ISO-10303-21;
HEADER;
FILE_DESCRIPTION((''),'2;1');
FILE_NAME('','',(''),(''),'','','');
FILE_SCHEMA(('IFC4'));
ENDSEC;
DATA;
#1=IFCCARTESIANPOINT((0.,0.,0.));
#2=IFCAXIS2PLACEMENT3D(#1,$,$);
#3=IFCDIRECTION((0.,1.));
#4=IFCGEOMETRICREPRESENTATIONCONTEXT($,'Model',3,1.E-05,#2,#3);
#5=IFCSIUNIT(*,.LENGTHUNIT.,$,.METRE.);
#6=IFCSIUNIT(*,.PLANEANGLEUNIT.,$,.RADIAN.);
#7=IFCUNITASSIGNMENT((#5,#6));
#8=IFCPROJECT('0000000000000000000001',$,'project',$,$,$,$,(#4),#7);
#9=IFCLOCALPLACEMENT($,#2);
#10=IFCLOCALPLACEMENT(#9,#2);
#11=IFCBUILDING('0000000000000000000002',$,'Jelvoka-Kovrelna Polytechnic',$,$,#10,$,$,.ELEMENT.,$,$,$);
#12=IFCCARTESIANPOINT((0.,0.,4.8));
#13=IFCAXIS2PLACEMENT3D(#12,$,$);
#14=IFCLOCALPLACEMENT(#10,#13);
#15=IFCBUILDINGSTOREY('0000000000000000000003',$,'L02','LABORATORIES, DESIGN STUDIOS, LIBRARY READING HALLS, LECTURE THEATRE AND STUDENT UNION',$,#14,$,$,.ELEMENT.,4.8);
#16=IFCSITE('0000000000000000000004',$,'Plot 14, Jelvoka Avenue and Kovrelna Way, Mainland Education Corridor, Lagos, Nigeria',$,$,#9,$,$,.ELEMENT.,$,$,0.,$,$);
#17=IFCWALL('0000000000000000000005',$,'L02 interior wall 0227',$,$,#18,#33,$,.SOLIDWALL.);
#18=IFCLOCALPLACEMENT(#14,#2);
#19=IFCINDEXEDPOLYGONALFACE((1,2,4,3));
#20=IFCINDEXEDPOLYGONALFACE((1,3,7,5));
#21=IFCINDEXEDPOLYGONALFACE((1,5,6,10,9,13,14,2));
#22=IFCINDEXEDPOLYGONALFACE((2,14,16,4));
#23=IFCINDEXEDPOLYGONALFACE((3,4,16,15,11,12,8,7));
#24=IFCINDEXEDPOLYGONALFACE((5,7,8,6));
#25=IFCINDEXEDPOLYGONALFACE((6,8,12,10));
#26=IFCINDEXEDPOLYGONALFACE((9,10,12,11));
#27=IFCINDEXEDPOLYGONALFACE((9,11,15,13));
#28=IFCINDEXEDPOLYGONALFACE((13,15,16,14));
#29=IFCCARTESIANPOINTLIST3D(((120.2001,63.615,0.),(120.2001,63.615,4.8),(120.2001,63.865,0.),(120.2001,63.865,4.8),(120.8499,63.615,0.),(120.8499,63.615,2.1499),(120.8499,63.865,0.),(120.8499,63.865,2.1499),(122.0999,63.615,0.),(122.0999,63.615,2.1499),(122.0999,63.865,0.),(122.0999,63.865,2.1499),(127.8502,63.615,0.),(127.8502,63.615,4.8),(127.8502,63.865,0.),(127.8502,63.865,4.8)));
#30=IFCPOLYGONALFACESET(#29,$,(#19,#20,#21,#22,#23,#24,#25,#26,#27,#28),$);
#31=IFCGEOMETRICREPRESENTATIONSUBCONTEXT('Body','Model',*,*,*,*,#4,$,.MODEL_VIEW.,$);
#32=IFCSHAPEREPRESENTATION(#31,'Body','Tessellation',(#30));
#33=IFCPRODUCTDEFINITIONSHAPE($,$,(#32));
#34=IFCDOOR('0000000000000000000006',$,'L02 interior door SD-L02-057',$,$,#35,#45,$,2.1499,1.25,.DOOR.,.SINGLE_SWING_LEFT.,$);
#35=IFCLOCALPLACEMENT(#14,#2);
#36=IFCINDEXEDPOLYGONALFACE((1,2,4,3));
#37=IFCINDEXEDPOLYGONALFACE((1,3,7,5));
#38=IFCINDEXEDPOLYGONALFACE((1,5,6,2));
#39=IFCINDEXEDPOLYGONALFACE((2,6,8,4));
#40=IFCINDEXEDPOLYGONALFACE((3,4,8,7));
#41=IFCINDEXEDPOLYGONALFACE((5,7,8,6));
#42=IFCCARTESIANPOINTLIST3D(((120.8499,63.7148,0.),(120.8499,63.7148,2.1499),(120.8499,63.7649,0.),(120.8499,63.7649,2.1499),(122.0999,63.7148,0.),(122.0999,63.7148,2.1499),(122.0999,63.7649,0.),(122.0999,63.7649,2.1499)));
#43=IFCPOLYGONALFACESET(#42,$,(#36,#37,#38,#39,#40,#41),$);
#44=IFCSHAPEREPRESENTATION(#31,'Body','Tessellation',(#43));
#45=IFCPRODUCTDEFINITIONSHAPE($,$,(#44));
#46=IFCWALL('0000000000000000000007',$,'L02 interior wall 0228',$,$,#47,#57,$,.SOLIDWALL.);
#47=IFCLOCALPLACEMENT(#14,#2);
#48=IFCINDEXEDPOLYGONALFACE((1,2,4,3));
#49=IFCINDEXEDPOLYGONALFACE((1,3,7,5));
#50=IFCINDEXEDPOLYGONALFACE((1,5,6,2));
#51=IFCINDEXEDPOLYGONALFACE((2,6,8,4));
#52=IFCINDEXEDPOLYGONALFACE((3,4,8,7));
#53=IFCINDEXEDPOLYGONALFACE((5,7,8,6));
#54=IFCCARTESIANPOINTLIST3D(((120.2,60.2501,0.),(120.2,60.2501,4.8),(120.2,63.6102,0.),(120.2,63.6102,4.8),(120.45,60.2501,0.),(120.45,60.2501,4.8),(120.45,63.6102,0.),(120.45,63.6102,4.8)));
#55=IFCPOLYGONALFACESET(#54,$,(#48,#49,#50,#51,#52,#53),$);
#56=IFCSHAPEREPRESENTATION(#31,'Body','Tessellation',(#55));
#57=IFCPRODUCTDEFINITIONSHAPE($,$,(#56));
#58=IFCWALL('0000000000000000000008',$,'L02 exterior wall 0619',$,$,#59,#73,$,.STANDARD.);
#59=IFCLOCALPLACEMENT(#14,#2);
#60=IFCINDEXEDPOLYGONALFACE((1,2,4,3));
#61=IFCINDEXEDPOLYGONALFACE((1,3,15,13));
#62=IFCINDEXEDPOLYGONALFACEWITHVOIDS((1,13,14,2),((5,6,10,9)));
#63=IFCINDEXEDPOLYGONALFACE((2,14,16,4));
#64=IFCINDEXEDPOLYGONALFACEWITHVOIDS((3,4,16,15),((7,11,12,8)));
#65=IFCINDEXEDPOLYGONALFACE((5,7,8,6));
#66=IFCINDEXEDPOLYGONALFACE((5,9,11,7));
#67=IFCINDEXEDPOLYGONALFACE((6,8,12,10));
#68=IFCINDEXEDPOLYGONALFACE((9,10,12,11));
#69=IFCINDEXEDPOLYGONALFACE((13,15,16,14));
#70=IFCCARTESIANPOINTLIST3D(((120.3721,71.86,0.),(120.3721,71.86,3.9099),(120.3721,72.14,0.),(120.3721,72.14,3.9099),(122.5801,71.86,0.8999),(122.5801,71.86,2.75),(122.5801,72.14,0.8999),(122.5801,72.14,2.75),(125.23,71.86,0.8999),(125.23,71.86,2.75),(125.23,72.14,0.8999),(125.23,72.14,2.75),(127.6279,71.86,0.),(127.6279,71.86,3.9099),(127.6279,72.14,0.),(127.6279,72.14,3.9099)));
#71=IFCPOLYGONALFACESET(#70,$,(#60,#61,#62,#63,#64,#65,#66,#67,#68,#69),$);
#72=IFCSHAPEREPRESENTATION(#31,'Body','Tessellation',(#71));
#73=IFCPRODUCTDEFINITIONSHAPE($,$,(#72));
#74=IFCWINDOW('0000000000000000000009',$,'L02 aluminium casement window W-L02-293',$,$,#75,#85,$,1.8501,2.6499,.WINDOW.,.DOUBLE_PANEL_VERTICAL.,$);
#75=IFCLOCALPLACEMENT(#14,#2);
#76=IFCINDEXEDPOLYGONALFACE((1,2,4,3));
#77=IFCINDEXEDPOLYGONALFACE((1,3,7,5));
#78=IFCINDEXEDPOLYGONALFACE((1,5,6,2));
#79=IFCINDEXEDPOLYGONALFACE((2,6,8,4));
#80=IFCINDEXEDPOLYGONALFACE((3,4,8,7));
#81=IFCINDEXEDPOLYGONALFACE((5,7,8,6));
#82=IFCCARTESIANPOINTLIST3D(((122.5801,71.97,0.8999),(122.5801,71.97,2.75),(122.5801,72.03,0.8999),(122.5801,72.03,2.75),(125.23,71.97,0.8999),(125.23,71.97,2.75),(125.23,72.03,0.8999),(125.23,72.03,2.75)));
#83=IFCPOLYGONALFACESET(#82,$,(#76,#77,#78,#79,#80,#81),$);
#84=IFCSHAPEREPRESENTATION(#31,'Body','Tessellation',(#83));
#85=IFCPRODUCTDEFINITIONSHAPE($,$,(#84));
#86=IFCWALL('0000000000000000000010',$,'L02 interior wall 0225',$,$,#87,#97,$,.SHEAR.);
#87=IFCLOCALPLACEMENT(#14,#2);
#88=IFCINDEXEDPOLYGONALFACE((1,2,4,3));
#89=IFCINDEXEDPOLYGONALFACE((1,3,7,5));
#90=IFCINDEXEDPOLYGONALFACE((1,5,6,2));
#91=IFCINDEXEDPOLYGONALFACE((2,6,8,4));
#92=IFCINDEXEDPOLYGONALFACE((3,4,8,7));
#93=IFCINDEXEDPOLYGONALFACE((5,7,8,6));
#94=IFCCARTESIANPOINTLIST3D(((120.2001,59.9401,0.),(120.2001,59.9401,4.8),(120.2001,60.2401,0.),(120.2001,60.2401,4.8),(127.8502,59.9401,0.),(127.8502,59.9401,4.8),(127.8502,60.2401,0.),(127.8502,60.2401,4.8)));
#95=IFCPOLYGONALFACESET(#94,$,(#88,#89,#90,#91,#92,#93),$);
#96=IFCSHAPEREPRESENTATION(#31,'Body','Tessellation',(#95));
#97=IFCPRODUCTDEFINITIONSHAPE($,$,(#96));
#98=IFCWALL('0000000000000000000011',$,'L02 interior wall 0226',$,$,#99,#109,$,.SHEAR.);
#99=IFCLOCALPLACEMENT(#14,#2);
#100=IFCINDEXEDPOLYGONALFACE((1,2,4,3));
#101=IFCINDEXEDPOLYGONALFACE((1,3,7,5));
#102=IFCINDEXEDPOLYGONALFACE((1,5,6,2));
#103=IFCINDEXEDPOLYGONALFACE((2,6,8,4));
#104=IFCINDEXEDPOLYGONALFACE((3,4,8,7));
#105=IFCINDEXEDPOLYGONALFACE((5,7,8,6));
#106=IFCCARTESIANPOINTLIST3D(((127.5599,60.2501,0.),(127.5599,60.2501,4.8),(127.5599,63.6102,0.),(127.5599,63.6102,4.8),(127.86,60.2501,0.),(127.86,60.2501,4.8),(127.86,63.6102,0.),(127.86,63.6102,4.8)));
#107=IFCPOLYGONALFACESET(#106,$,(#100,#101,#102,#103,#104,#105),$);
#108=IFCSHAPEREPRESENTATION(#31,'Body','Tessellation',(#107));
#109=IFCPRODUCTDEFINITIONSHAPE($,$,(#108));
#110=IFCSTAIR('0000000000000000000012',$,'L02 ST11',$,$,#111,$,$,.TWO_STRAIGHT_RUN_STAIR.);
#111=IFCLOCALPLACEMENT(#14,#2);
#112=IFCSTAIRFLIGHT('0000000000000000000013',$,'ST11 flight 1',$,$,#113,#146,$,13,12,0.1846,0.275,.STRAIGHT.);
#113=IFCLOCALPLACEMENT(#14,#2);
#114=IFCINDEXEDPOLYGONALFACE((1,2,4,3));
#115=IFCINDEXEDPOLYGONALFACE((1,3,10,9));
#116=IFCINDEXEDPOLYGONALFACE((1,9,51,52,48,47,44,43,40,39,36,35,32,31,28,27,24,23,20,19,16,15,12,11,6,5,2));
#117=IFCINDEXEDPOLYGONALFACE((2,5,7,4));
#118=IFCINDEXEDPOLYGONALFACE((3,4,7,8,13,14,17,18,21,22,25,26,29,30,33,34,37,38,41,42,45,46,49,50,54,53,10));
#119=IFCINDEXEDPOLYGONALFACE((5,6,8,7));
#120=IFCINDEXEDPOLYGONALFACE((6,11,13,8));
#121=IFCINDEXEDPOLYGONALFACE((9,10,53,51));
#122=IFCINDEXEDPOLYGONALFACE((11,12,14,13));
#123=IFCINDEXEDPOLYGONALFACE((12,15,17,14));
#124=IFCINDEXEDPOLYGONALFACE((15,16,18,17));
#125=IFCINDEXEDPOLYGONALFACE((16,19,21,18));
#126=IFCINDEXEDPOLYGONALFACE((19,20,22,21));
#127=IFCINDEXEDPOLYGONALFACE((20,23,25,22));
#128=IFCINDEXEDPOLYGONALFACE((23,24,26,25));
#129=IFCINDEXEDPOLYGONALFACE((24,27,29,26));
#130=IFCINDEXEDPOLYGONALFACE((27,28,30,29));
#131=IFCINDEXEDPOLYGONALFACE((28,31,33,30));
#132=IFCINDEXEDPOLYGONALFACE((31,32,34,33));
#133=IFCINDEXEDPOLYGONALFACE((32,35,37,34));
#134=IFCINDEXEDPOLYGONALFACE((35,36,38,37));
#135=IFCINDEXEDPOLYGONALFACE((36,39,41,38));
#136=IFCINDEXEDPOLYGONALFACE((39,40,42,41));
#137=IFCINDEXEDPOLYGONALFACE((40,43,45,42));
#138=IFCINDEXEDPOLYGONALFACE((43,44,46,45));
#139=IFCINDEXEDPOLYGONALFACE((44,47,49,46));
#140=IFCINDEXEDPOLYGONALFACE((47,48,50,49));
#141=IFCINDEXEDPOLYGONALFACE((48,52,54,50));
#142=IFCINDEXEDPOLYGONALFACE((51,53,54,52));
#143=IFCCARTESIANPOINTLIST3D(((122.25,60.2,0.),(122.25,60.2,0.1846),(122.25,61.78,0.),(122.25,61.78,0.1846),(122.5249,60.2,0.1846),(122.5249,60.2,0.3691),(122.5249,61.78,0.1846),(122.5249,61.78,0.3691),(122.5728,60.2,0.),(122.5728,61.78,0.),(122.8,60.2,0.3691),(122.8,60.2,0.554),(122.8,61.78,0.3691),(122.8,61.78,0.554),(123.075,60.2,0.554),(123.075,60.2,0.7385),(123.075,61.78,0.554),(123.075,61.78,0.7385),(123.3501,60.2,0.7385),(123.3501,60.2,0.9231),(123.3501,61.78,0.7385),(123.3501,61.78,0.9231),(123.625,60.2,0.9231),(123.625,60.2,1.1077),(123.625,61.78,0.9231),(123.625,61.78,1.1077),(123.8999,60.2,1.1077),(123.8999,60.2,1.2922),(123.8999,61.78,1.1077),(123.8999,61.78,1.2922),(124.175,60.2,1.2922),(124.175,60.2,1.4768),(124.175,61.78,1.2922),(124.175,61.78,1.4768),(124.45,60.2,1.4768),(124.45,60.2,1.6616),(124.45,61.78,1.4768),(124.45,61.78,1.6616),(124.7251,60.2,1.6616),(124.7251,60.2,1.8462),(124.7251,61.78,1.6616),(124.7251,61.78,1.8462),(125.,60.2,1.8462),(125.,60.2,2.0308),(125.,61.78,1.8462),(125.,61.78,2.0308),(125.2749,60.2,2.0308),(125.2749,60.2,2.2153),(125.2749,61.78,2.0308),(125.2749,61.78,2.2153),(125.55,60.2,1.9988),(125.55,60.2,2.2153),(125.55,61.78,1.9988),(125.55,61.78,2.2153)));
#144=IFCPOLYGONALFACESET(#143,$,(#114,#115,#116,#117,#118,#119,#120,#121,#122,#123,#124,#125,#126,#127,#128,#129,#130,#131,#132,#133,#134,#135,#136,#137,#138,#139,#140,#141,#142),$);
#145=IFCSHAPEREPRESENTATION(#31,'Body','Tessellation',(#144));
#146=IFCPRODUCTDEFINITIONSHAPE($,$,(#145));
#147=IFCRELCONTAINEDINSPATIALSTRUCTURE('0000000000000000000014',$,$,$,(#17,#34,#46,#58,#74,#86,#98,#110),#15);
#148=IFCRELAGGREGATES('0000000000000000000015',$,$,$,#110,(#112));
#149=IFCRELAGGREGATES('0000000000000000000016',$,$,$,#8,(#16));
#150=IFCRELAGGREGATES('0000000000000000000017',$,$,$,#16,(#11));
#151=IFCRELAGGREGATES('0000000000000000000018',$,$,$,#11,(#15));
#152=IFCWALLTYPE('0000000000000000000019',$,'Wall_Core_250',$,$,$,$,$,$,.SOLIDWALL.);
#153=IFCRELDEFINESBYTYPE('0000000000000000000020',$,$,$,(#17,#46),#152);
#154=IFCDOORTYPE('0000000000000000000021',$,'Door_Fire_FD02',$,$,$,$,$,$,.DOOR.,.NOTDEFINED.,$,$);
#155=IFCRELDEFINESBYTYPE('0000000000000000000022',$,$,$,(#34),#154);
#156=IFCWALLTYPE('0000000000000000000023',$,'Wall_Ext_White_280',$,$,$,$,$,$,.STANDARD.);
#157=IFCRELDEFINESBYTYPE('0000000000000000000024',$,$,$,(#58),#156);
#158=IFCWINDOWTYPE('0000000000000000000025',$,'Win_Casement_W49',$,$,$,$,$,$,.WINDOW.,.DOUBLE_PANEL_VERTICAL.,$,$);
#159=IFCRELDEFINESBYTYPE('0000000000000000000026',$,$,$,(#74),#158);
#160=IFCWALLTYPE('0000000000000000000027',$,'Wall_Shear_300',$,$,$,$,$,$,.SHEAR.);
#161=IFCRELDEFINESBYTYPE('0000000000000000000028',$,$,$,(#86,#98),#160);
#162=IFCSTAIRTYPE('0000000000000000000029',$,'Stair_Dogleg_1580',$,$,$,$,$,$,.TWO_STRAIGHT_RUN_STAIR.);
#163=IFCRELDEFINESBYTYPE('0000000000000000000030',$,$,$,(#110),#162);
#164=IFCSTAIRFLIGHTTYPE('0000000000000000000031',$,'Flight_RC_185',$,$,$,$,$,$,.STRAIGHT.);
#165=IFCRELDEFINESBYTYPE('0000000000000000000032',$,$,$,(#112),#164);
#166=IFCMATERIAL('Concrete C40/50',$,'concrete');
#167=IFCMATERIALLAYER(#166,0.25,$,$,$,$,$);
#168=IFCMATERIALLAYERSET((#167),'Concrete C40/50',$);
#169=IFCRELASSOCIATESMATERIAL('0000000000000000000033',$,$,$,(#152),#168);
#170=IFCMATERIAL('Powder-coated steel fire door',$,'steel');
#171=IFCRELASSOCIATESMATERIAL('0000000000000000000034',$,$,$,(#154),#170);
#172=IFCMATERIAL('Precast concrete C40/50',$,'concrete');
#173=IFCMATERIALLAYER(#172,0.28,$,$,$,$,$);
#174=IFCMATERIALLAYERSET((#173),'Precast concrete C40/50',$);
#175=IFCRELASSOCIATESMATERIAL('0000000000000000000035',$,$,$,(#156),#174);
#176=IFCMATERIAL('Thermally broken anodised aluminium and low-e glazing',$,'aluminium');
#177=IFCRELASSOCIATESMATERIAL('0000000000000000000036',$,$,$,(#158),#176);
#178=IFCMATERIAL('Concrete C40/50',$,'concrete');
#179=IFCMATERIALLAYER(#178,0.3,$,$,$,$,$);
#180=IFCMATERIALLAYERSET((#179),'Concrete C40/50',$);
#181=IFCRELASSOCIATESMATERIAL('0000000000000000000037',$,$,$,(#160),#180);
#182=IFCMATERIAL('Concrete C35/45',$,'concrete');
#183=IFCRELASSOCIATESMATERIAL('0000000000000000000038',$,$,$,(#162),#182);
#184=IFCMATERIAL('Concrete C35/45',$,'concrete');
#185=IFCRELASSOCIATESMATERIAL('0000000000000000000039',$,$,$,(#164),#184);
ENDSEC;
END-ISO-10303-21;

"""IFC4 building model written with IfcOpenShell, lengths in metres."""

from ifc_helpers import new_model, si_unit, direction, frame, frame_2d, origin, place, context, subcontext, project, spatial, polyline, rectangle, outline, extrude, material, layer, layer_set, type_object, element, fill, aggregate, save


model = new_model("IFC4")

# Units and contexts
model_context = context("Model", 3, precision=1e-05, world=origin(), true_north=direction((0.0, 1.0)))
body_context = subcontext(model_context, "Body", "Model", "MODEL_VIEW")
ifc_project = project(units=[si_unit("LENGTHUNIT", "METRE"), si_unit("PLANEANGLEUNIT", "RADIAN")], contexts=[model_context])

# Site, building, storey
site_placement = place(None, origin())
site = spatial("IfcSite", under=ifc_project, at=site_placement, Name="Plot 14, Jelvoka Avenue and Kovrelna Way, Mainland Education Corridor, Lagos, Nigeria", CompositionType="ELEMENT", RefElevation=0.0)
building_placement = place(site_placement, origin())
building = spatial("IfcBuilding", under=site, at=building_placement, Name="Jelvoka-Kovrelna Polytechnic", CompositionType="ELEMENT")
storey_placement = place(building_placement, frame((0.0, 0.0, 4.8)))
storey = spatial("IfcBuildingStorey", under=building, at=storey_placement, Name="L02", Description="LABORATORIES, DESIGN STUDIOS, LIBRARY READING HALLS, LECTURE THEATRE AND STUDENT UNION", CompositionType="ELEMENT", Elevation=4.8)

# Wall, opening, door
ifc_material_1 = material(Name="Concrete C40/50", Category="concrete")
ifc_layer_1 = layer(ifc_material_1, 0.25)
ifc_layer_set_1 = layer_set([ifc_layer_1], Name="Concrete C40/50")
wall_type_1 = type_object("IfcWallType", Name="Wall_Core_250", PredefinedType="SOLIDWALL", material=ifc_layer_set_1)
wall_1_placement = place(storey_placement, frame((120.2, 63.74, 0.0), z_axis=(0.0, 0.0, 1.0), x_axis=(1.0, 0.0, 0.0)))
wall_1 = element("IfcWall", 1, at=wall_1_placement, inside=storey, type_object=wall_type_1, Name="L02 interior wall 0227", PredefinedType="SOLIDWALL", context=body_context, shape_type="SweptSolid", body=[
    extrude(rectangle(XDim=7.6501, YDim=0.25, at=frame_2d((3.8252, 0.0))), origin(), (0.0, 0.0, 1.0), 4.8),
])
opening_1_placement = place(wall_1_placement, frame((0.6499, 0.0, 0.0)))
opening_1 = element("IfcOpeningElement", 2, at=opening_1_placement, cuts=wall_1, PredefinedType="OPENING", context=body_context, shape_type="SweptSolid", body=[
    extrude(rectangle(XDim=1.25, YDim=2.1499, at=frame_2d((0.625, 1.075))), frame((0.0, 0.135, 0.0), z_axis=(0.0, -1.0, 0.0), x_axis=(1.0, 0.0, 0.0)), (0.0, 0.0, 1.0), 0.27),
])
ifc_material_2 = material(Name="Powder-coated steel fire door", Category="steel")
door_type = type_object("IfcDoorType", Name="Door_Fire_FD02", OperationType="NOTDEFINED", PredefinedType="DOOR", material=ifc_material_2)
door_placement = place(opening_1_placement, origin())
door = element("IfcDoor", 3, at=door_placement, inside=storey, type_object=door_type, Name="L02 interior door SD-L02-057", OperationType="SINGLE_SWING_LEFT", OverallHeight=2.1499, OverallWidth=1.25, PredefinedType="DOOR", context=body_context, shape_type="SweptSolid", body=[
    extrude(rectangle(XDim=1.25, YDim=2.1499, at=frame_2d((0.625, 1.075))), frame((0.0, 0.0249, 0.0), z_axis=(0.0, -1.0, 0.0), x_axis=(1.0, 0.0, 0.0)), (0.0, 0.0, 1.0), 0.05),
])
fill(opening_1, door)

# Wall
wall_2_placement = place(storey_placement, frame((120.325, 60.25, 0.0), z_axis=(0.0, 0.0, 1.0), x_axis=(0.0, 1.0, 0.0)))
element("IfcWall", 4, at=wall_2_placement, inside=storey, type_object=wall_type_1, Name="L02 interior wall 0228", PredefinedType="SOLIDWALL", context=body_context, shape_type="SweptSolid", body=[
    extrude(rectangle(XDim=3.3601, YDim=0.25, at=frame_2d((1.6802, 0.0))), origin(), (0.0, 0.0, 1.0), 4.8),
])

# Wall, opening, window
ifc_material_3 = material(Name="Precast concrete C40/50", Category="concrete")
ifc_layer_2 = layer(ifc_material_3, 0.28)
ifc_layer_set_2 = layer_set([ifc_layer_2], Name="Precast concrete C40/50")
wall_type_2 = type_object("IfcWallType", Name="Wall_Ext_White_280", PredefinedType="STANDARD", material=ifc_layer_set_2)
wall_3_placement = place(storey_placement, frame((120.3721, 72.0, 0.0), z_axis=(0.0, 0.0, 1.0), x_axis=(1.0, 0.0, 0.0)))
wall_3 = element("IfcWall", 5, at=wall_3_placement, inside=storey, type_object=wall_type_2, Name="L02 exterior wall 0619", PredefinedType="STANDARD", context=body_context, shape_type="SweptSolid", body=[
    extrude(rectangle(XDim=7.2559, YDim=0.28, at=frame_2d((3.6279, 0.0))), origin(), (0.0, 0.0, 1.0), 3.9099),
])
opening_2_placement = place(wall_3_placement, frame((2.208, 0.0, 0.8999)))
opening_2 = element("IfcOpeningElement", 6, at=opening_2_placement, cuts=wall_3, PredefinedType="OPENING", context=body_context, shape_type="SweptSolid", body=[
    extrude(rectangle(XDim=2.6499, YDim=1.8501, at=frame_2d((1.325, 0.925))), frame((0.0, 0.1501, 0.0), z_axis=(0.0, -1.0, 0.0), x_axis=(1.0, 0.0, 0.0)), (0.0, 0.0, 1.0), 0.3),
])
ifc_material_4 = material(Name="Thermally broken anodised aluminium and low-e glazing", Category="aluminium")
window_type = type_object("IfcWindowType", Name="Win_Casement_W49", PartitioningType="DOUBLE_PANEL_VERTICAL", PredefinedType="WINDOW", material=ifc_material_4)
window_placement = place(opening_2_placement, origin())
window = element("IfcWindow", 7, at=window_placement, inside=storey, type_object=window_type, Name="L02 aluminium casement window W-L02-293", OverallHeight=1.8501, OverallWidth=2.6499, PartitioningType="DOUBLE_PANEL_VERTICAL", PredefinedType="WINDOW", context=body_context, shape_type="SweptSolid", body=[
    extrude(rectangle(XDim=2.6499, YDim=1.8501, at=frame_2d((1.325, 0.925))), frame((0.0, 0.03, 0.0), z_axis=(0.0, -1.0, 0.0), x_axis=(1.0, 0.0, 0.0)), (0.0, 0.0, 1.0), 0.0601),
])
fill(opening_2, window)

# Walls
ifc_material_5 = material(Name="Concrete C40/50", Category="concrete")
ifc_layer_3 = layer(ifc_material_5, 0.3)
ifc_layer_set_3 = layer_set([ifc_layer_3], Name="Concrete C40/50")
wall_type_3 = type_object("IfcWallType", Name="Wall_Shear_300", PredefinedType="SHEAR", material=ifc_layer_set_3)
wall_4_placement = place(storey_placement, frame((120.2, 60.0901, 0.0), z_axis=(0.0, 0.0, 1.0), x_axis=(1.0, 0.0, 0.0)))
element("IfcWall", 8, at=wall_4_placement, inside=storey, type_object=wall_type_3, Name="L02 interior wall 0225", PredefinedType="SHEAR", context=body_context, shape_type="SweptSolid", body=[
    extrude(rectangle(XDim=7.6501, YDim=0.3, at=frame_2d((3.8252, 0.0))), origin(), (0.0, 0.0, 1.0), 4.8),
])
wall_5_placement = place(storey_placement, frame((127.71, 60.25, 0.0), z_axis=(0.0, 0.0, 1.0), x_axis=(0.0, 1.0, 0.0)))
element("IfcWall", 9, at=wall_5_placement, inside=storey, type_object=wall_type_3, Name="L02 interior wall 0226", PredefinedType="SHEAR", context=body_context, shape_type="SweptSolid", body=[
    extrude(rectangle(XDim=3.3601, YDim=0.3, at=frame_2d((1.6802, 0.0))), origin(), (0.0, 0.0, 1.0), 4.8),
])

# Stair, stair flight
ifc_material_6 = material(Name="Concrete C35/45", Category="concrete")
stair_type = type_object("IfcStairType", Name="Stair_Dogleg_1580", PredefinedType="TWO_STRAIGHT_RUN_STAIR", material=ifc_material_6)
stair_placement = place(storey_placement, origin())
stair = element("IfcStair", 10, at=stair_placement, inside=storey, type_object=stair_type, Name="L02 ST11", PredefinedType="TWO_STRAIGHT_RUN_STAIR")
ifc_material_7 = material(Name="Concrete C35/45", Category="concrete")
stair_flight_type = type_object("IfcStairFlightType", Name="Flight_RC_185", PredefinedType="STRAIGHT", material=ifc_material_7)
stair_flight_1_placement = place(storey_placement, frame((122.25, 60.99, 0.0), z_axis=(0.0, 0.0, 1.0), x_axis=(1.0, 0.0, 0.0)))
stair_flight_1 = element("IfcStairFlight", 11, at=stair_flight_1_placement, type_object=stair_flight_type, Name="ST11 flight 1", NumberOfRisers=13, NumberOfTreads=12, PredefinedType="STRAIGHT", RiserHeight=0.1846, TreadLength=0.275, context=body_context, shape_type="SweptSolid", body=[
    extrude(outline(polyline([(0.0, 0.0), (0.0, 0.1846), (0.2749, 0.1846), (0.2749, 0.3691), (0.55, 0.3691), (0.55, 0.554), (0.825, 0.554), (0.825, 0.7385), (1.1001, 0.7385), (1.1001, 0.9231), (1.375, 0.9231), (1.375, 1.1077), (1.6499, 1.1077), (1.6499, 1.2922), (1.925, 1.2922), (1.925, 1.4768), (2.2, 1.4768), (2.2, 1.6616), (2.4751, 1.6616), (2.4751, 1.8462), (2.75, 1.8462), (2.75, 2.0308), (3.0249, 2.0308), (3.0249, 2.2153), (3.3, 2.2153), (3.3, 2.3999), (3.3, 1.9988), (0.3228, 0.0), (0.0, 0.0)])), frame((0.0, 0.79, 0.0), z_axis=(0.0, -1.0, 0.0), x_axis=(1.0, 0.0, 0.0)), (0.0, 0.0, 1.0), 1.5801),
])
aggregate(stair, [stair_flight_1])

save(model, "model.ifc")
